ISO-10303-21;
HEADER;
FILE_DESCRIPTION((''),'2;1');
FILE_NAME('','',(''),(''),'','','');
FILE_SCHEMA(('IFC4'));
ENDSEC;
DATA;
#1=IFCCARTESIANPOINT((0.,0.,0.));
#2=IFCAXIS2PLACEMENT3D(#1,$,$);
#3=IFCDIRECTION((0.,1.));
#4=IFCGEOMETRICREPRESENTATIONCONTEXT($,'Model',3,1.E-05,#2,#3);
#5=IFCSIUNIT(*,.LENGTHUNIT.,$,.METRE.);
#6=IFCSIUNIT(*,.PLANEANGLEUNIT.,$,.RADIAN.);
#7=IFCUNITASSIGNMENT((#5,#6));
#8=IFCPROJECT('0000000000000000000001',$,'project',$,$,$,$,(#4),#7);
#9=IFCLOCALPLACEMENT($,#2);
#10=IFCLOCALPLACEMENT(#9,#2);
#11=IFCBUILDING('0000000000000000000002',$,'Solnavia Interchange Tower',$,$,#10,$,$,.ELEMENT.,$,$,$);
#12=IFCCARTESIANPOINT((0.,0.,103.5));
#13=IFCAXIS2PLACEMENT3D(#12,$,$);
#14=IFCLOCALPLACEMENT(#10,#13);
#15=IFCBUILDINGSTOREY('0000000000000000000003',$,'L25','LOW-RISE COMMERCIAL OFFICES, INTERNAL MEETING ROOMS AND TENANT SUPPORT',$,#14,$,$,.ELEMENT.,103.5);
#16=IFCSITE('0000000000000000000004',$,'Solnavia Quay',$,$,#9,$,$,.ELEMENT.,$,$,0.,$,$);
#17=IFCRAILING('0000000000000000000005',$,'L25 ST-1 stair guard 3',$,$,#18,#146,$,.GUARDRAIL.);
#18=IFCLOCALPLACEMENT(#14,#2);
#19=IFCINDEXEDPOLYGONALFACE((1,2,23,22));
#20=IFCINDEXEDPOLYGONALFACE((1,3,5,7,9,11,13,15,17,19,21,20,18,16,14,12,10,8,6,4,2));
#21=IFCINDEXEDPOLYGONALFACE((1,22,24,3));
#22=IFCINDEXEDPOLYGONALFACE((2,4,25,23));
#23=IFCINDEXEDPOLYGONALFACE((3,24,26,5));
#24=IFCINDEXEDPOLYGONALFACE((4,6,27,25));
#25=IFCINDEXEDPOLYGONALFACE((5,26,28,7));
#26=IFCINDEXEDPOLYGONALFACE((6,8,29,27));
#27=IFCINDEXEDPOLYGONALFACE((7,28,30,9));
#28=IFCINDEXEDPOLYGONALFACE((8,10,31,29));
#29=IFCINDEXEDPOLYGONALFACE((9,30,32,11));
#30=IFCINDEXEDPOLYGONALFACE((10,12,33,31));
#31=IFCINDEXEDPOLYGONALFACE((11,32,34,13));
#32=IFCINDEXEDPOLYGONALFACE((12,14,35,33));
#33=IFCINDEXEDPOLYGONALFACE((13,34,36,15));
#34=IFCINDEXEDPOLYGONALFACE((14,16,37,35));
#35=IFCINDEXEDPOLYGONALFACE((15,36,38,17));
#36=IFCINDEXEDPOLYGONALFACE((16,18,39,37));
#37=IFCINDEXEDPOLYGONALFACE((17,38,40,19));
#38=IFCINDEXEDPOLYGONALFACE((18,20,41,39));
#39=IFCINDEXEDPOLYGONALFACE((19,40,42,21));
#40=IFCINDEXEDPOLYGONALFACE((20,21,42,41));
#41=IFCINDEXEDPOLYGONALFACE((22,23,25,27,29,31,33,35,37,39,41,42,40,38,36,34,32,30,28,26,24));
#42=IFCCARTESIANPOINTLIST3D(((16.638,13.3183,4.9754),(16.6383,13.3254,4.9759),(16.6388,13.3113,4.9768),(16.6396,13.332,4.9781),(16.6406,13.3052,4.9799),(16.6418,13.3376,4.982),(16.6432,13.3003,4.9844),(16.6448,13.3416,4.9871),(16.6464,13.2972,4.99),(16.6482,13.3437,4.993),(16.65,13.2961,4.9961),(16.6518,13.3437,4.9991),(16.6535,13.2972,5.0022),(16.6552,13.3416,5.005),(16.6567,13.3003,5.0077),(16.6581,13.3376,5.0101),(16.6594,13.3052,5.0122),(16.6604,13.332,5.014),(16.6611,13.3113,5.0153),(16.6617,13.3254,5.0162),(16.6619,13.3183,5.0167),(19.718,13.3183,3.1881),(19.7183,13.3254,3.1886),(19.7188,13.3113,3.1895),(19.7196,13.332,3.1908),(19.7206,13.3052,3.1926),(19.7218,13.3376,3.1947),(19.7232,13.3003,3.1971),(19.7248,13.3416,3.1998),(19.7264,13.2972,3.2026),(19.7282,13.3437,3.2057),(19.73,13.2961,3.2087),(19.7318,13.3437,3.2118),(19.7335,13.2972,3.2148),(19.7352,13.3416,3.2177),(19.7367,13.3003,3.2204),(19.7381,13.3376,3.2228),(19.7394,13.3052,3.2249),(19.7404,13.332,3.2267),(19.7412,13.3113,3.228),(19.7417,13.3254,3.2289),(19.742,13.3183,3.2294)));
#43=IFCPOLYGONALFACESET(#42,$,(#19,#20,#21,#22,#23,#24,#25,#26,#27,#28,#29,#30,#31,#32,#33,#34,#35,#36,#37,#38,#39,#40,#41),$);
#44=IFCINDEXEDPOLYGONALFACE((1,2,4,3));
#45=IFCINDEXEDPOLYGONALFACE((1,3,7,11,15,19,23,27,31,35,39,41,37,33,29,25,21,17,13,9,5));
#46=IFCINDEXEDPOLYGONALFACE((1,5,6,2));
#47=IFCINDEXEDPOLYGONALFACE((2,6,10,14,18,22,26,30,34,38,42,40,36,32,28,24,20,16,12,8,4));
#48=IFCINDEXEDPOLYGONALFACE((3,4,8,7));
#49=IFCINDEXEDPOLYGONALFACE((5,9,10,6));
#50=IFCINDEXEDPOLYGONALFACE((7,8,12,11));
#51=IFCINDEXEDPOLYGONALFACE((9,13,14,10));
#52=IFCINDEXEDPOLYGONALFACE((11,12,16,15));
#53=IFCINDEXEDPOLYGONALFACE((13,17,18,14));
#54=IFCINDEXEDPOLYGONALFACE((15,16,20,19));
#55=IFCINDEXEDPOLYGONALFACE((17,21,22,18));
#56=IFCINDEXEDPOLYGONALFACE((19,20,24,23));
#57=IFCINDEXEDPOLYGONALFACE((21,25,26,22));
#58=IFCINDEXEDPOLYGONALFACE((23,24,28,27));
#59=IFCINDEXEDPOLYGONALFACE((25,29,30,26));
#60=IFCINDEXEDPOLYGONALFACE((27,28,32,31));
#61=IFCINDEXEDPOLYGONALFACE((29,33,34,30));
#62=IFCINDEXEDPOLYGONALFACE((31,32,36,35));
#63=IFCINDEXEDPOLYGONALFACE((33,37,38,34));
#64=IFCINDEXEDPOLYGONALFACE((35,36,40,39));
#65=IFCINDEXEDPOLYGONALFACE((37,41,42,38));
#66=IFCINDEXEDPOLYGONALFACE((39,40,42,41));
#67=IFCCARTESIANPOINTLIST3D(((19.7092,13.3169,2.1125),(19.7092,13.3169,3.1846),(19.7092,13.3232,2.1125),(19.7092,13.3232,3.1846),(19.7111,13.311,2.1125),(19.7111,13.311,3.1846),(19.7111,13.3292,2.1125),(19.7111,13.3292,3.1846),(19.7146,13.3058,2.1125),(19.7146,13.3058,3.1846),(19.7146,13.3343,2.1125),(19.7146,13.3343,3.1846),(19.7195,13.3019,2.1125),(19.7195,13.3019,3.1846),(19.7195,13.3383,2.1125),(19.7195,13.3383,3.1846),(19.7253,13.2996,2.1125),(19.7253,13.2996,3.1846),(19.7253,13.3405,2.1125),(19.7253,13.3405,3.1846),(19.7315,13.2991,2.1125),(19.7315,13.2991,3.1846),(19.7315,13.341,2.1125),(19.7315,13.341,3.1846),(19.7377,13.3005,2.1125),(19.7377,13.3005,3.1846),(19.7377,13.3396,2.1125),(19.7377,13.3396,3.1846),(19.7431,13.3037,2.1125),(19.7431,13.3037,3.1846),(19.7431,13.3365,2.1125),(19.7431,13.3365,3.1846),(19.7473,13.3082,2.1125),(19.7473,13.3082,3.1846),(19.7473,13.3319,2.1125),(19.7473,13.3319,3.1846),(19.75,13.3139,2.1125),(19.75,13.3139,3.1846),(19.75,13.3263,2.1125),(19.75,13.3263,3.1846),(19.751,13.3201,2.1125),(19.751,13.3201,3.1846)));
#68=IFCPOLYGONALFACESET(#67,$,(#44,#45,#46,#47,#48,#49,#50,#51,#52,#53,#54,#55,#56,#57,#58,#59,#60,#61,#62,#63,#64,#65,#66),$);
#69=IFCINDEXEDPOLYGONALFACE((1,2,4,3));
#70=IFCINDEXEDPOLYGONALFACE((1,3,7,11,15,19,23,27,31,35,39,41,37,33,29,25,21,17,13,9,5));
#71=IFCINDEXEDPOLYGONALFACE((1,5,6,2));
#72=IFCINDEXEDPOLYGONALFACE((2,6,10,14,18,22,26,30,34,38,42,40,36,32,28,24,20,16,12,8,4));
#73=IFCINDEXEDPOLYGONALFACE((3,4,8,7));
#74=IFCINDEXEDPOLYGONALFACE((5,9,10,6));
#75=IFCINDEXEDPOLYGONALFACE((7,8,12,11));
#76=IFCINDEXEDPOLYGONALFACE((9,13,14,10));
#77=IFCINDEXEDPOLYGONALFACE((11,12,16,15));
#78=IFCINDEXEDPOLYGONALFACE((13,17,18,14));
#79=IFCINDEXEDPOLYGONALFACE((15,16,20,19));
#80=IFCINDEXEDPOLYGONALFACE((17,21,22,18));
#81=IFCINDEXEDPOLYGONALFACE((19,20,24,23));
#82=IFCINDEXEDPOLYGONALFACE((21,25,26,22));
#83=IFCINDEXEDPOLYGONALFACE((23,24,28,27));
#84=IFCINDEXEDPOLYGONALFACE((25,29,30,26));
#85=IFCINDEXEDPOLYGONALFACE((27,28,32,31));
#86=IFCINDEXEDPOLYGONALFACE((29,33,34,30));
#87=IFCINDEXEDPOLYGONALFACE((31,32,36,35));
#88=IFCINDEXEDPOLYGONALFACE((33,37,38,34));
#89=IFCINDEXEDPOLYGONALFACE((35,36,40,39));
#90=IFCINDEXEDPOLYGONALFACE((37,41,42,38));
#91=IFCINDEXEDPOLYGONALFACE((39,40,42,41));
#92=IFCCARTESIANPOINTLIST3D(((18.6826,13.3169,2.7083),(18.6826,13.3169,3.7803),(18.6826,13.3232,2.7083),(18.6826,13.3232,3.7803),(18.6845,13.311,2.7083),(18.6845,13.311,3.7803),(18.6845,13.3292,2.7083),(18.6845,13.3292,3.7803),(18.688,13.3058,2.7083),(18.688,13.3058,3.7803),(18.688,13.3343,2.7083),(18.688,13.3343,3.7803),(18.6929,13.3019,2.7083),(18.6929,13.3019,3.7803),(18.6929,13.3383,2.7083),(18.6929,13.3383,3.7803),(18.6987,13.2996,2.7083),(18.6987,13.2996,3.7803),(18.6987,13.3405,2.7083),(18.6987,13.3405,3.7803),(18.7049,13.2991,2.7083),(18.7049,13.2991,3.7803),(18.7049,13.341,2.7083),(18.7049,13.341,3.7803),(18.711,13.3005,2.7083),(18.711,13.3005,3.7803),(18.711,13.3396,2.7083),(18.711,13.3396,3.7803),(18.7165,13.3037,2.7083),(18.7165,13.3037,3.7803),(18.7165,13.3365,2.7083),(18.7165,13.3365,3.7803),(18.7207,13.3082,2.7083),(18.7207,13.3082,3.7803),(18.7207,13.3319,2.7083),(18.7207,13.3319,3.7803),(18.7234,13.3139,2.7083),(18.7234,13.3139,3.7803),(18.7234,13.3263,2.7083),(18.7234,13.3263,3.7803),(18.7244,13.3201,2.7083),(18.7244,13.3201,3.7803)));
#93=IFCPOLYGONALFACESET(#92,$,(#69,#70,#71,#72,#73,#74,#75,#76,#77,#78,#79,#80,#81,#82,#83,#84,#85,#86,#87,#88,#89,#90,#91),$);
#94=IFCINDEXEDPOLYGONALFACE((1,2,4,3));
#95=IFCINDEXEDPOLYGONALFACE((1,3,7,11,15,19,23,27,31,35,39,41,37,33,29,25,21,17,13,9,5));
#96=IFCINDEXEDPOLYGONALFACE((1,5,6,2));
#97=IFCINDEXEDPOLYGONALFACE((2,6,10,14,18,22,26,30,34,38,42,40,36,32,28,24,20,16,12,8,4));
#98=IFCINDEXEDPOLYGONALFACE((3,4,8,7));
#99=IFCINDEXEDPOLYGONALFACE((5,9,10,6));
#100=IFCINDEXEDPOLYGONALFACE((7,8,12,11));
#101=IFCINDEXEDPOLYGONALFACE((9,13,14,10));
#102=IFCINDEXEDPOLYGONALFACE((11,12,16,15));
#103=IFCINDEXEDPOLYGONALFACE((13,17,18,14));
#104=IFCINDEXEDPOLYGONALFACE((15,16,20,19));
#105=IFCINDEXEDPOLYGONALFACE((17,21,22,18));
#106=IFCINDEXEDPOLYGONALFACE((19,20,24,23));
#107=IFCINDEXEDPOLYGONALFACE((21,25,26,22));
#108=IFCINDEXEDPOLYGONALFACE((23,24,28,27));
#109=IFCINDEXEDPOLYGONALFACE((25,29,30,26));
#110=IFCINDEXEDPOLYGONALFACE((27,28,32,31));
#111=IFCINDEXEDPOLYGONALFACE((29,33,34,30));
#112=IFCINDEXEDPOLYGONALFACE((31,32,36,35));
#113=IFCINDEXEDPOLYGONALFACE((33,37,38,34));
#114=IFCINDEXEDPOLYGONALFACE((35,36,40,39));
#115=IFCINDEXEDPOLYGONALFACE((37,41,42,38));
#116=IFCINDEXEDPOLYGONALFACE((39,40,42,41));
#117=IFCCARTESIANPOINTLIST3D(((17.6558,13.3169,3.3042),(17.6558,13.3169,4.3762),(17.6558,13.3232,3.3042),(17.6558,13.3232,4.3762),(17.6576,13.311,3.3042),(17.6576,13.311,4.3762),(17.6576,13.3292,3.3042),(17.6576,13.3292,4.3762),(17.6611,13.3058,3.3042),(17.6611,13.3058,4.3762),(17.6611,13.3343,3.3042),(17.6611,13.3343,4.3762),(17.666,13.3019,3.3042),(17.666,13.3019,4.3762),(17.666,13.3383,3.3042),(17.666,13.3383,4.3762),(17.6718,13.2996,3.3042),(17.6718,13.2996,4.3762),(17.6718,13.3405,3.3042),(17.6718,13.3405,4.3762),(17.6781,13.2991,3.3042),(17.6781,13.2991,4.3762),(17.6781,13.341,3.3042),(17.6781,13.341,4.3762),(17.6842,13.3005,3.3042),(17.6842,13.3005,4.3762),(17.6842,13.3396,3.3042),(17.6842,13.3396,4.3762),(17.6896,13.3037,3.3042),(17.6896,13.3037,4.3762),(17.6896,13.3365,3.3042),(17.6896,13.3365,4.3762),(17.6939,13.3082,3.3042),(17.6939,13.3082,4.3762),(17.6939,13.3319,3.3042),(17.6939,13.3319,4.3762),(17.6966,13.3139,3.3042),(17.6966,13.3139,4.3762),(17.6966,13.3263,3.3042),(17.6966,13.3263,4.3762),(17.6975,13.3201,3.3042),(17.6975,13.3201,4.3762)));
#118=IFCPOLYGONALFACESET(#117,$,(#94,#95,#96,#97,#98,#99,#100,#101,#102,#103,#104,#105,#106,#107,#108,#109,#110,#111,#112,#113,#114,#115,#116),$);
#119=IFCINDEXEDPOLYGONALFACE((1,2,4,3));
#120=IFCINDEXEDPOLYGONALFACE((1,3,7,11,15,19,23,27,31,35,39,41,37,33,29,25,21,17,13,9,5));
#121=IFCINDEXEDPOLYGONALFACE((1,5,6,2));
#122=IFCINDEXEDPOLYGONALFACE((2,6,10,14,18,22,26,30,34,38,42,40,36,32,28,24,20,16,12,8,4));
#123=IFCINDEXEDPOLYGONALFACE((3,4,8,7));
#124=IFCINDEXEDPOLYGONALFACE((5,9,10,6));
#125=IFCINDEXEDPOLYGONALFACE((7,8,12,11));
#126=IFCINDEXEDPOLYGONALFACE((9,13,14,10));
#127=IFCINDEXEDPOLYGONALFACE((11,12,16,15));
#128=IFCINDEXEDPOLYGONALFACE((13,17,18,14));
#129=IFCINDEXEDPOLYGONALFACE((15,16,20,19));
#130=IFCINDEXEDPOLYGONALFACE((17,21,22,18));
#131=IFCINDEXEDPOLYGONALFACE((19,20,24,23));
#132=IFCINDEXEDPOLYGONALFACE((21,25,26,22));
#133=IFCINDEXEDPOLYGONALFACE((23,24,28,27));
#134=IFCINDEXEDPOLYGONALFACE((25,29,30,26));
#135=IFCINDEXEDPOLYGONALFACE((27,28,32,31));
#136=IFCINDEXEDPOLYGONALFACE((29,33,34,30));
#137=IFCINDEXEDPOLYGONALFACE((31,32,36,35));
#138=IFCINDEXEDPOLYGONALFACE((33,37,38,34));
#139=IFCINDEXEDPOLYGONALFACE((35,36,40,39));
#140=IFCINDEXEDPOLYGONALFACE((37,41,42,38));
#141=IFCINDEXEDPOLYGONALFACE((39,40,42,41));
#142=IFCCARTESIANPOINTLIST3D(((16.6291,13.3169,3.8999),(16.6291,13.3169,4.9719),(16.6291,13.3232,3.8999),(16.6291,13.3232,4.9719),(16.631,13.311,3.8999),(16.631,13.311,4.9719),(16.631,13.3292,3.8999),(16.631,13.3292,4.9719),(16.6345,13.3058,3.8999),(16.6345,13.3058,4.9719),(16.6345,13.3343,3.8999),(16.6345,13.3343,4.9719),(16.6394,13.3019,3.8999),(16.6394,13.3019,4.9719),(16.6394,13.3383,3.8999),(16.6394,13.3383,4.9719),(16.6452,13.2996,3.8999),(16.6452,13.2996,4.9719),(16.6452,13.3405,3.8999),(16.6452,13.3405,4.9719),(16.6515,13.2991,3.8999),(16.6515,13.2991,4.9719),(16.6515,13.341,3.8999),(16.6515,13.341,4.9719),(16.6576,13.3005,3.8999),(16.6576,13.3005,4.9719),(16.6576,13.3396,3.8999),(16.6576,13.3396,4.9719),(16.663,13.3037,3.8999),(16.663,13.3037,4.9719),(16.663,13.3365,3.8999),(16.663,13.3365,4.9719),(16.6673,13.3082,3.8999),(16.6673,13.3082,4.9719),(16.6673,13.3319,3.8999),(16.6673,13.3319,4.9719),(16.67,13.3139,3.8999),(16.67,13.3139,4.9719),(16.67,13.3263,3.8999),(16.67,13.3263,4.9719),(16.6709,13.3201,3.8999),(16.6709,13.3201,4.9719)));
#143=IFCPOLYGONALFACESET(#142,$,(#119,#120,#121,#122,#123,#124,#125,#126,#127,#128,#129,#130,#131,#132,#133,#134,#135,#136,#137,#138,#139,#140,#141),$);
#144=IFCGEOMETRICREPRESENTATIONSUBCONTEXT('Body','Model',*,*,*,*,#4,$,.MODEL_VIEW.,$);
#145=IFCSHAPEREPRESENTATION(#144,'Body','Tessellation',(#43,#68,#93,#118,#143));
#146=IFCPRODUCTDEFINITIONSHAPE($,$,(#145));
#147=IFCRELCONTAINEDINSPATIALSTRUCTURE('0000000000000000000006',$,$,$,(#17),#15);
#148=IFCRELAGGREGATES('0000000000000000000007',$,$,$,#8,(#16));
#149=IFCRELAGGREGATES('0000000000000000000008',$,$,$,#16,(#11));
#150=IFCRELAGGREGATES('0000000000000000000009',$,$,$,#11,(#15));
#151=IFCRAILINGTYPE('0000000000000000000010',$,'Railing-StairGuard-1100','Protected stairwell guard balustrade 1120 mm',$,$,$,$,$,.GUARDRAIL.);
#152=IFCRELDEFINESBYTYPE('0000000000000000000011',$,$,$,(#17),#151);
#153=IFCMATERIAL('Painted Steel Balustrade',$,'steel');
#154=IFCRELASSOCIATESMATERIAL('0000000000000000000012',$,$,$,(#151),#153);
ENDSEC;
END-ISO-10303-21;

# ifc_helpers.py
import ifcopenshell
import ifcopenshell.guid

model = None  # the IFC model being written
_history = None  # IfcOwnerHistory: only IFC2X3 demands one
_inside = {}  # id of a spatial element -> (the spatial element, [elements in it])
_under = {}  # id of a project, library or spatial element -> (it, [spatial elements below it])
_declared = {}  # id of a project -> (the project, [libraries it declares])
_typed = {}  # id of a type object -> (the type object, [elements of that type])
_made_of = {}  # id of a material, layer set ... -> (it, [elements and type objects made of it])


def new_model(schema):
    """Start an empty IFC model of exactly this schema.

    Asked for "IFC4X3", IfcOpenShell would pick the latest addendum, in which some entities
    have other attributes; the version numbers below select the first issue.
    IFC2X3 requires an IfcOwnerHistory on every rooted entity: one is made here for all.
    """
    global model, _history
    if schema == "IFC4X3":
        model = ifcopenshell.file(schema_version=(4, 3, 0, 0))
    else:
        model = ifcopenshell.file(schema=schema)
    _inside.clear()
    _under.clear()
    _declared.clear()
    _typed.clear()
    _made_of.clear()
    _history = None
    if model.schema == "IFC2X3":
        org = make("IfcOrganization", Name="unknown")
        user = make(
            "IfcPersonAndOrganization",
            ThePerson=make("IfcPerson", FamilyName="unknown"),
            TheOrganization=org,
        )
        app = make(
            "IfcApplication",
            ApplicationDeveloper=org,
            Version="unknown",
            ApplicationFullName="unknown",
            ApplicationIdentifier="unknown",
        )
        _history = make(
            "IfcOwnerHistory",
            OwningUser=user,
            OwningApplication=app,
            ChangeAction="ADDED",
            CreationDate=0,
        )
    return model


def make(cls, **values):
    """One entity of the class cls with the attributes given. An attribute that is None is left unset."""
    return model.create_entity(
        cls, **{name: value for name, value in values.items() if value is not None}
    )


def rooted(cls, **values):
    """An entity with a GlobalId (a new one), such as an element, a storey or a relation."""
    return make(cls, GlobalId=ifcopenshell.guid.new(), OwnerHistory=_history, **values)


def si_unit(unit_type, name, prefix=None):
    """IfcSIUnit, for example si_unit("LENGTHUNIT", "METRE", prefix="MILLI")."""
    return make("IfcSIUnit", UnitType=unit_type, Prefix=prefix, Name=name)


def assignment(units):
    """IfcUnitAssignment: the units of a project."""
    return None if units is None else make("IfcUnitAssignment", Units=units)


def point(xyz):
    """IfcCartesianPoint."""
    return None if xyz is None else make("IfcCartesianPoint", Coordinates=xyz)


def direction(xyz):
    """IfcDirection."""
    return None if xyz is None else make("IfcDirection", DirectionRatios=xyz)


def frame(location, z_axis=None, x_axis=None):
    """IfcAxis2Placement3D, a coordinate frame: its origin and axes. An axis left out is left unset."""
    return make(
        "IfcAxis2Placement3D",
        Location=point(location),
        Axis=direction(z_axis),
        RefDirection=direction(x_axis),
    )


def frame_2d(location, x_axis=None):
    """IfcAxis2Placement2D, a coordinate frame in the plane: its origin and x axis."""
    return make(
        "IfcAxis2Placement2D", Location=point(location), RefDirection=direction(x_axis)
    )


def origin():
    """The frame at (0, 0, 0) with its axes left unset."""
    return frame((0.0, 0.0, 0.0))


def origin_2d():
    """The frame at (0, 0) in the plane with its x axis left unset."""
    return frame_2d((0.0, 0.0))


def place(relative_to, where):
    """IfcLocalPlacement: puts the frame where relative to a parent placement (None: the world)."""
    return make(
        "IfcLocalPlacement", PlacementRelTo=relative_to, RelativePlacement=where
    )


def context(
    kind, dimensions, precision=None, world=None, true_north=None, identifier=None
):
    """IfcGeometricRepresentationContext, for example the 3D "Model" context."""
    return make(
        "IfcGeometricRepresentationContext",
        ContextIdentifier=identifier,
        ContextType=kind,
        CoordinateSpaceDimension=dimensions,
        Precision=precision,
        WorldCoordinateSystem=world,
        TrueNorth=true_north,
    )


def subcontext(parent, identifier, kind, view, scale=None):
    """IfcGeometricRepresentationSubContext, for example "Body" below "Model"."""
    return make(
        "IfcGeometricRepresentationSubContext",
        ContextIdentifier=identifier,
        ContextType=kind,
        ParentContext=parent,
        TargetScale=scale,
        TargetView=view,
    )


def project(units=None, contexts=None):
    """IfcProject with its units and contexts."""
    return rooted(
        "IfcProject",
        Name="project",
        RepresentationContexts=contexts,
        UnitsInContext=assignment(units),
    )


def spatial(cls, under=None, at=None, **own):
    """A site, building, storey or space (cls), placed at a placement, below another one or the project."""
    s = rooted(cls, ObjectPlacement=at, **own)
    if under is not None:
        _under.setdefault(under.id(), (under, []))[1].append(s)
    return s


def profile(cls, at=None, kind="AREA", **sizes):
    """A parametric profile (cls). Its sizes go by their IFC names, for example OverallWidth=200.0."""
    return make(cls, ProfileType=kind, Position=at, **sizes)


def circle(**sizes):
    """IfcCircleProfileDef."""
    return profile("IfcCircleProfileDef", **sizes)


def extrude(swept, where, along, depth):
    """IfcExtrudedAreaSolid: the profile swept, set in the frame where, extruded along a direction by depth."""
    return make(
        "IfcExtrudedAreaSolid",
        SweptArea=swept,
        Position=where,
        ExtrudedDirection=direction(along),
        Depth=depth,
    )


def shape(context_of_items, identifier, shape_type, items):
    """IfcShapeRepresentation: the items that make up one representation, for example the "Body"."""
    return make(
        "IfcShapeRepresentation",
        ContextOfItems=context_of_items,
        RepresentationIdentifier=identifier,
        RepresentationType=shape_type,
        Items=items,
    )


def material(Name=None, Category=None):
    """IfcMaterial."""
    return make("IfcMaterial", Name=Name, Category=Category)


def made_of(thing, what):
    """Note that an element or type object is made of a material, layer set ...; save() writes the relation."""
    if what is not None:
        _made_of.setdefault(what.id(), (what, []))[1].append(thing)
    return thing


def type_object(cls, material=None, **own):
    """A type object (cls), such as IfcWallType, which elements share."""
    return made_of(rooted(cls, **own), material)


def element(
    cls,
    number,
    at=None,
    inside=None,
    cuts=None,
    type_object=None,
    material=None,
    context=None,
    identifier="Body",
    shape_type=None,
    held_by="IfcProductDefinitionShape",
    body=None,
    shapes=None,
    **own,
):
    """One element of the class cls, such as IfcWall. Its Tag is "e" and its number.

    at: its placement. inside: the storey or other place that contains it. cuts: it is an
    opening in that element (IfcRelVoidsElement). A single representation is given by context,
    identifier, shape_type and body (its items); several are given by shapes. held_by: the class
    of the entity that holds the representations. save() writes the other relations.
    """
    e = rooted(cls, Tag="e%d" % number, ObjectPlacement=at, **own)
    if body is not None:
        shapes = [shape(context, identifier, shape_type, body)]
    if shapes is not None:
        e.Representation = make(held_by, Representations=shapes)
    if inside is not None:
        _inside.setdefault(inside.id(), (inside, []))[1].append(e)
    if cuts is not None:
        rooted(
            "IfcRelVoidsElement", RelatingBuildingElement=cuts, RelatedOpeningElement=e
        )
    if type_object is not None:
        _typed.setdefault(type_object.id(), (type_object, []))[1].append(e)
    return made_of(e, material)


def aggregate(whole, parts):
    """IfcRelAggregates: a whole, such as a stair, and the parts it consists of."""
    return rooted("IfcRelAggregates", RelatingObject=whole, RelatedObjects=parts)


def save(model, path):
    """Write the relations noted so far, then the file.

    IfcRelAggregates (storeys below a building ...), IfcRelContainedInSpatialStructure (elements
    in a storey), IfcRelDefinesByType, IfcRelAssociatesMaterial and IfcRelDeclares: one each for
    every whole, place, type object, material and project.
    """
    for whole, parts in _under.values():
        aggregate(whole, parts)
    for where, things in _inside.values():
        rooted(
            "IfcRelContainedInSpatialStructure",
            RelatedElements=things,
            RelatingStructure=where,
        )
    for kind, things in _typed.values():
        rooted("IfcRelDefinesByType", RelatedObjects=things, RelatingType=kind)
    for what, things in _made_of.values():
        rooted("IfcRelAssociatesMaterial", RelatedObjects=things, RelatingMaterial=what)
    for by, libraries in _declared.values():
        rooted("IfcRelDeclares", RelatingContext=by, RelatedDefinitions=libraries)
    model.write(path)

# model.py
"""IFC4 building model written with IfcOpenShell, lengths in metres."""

from ifc_helpers import new_model, si_unit, direction, frame, origin, origin_2d, place, context, subcontext, project, spatial, circle, extrude, material, type_object, element, save


model = new_model("IFC4")

# Units and contexts
model_context = context("Model", 3, precision=1e-05, world=origin(), true_north=direction((0.0, 1.0)))
body_context = subcontext(model_context, "Body", "Model", "MODEL_VIEW")
ifc_project = project(units=[si_unit("LENGTHUNIT", "METRE"), si_unit("PLANEANGLEUNIT", "RADIAN")], contexts=[model_context])

# Site, building, storey
site_placement = place(None, origin())
site = spatial("IfcSite", under=ifc_project, at=site_placement, Name="Solnavia Quay", CompositionType="ELEMENT", RefElevation=0.0)
building_placement = place(site_placement, origin())
building = spatial("IfcBuilding", under=site, at=building_placement, Name="Solnavia Interchange Tower", CompositionType="ELEMENT")
storey_placement = place(building_placement, frame((0.0, 0.0, 103.5)))
storey = spatial("IfcBuildingStorey", under=building, at=storey_placement, Name="L25", Description="LOW-RISE COMMERCIAL OFFICES, INTERNAL MEETING ROOMS AND TENANT SUPPORT", CompositionType="ELEMENT", Elevation=103.5)

# Railing
ifc_material_1 = material(Name="Painted Steel Balustrade", Category="steel")
railing_type_1 = type_object("IfcRailingType", Name="Railing-StairGuard-1100", Description="Protected stairwell guard balustrade 1120 mm", PredefinedType="GUARDRAIL", material=ifc_material_1)
railing_1_placement = place(storey_placement, frame((19.73, 13.3201, 2.1125)))
element("IfcRailing", 1, at=railing_1_placement, inside=storey, type_object=railing_type_1, Name="L25 ST-1 stair guard 3", PredefinedType="GUARDRAIL", context=body_context, shape_type="SweptSolid", body=[
    extrude(circle(Radius=0.0239, at=origin_2d()), frame((0.0, 0.0, 1.0962), z_axis=(-0.86492, 0.0, 0.501909), x_axis=(0.0, -1.0, 0.0)), (0.0, 0.0, 1.0), 3.561),
    extrude(circle(Radius=0.021, at=origin_2d()), origin(), (0.0, 0.0, 1.0), 1.072),
    extrude(circle(Radius=0.021, at=origin_2d()), frame((-1.0266, 0.0, 0.5957)), (0.0, 0.0, 1.0), 1.072),
    extrude(circle(Radius=0.021, at=origin_2d()), frame((-2.0535, 0.0, 1.1917)), (0.0, 0.0, 1.0), 1.072),
    extrude(circle(Radius=0.021, at=origin_2d()), frame((-3.0801, 0.0, 1.7874)), (0.0, 0.0, 1.0), 1.072),
])

save(model, "model.ifc")
